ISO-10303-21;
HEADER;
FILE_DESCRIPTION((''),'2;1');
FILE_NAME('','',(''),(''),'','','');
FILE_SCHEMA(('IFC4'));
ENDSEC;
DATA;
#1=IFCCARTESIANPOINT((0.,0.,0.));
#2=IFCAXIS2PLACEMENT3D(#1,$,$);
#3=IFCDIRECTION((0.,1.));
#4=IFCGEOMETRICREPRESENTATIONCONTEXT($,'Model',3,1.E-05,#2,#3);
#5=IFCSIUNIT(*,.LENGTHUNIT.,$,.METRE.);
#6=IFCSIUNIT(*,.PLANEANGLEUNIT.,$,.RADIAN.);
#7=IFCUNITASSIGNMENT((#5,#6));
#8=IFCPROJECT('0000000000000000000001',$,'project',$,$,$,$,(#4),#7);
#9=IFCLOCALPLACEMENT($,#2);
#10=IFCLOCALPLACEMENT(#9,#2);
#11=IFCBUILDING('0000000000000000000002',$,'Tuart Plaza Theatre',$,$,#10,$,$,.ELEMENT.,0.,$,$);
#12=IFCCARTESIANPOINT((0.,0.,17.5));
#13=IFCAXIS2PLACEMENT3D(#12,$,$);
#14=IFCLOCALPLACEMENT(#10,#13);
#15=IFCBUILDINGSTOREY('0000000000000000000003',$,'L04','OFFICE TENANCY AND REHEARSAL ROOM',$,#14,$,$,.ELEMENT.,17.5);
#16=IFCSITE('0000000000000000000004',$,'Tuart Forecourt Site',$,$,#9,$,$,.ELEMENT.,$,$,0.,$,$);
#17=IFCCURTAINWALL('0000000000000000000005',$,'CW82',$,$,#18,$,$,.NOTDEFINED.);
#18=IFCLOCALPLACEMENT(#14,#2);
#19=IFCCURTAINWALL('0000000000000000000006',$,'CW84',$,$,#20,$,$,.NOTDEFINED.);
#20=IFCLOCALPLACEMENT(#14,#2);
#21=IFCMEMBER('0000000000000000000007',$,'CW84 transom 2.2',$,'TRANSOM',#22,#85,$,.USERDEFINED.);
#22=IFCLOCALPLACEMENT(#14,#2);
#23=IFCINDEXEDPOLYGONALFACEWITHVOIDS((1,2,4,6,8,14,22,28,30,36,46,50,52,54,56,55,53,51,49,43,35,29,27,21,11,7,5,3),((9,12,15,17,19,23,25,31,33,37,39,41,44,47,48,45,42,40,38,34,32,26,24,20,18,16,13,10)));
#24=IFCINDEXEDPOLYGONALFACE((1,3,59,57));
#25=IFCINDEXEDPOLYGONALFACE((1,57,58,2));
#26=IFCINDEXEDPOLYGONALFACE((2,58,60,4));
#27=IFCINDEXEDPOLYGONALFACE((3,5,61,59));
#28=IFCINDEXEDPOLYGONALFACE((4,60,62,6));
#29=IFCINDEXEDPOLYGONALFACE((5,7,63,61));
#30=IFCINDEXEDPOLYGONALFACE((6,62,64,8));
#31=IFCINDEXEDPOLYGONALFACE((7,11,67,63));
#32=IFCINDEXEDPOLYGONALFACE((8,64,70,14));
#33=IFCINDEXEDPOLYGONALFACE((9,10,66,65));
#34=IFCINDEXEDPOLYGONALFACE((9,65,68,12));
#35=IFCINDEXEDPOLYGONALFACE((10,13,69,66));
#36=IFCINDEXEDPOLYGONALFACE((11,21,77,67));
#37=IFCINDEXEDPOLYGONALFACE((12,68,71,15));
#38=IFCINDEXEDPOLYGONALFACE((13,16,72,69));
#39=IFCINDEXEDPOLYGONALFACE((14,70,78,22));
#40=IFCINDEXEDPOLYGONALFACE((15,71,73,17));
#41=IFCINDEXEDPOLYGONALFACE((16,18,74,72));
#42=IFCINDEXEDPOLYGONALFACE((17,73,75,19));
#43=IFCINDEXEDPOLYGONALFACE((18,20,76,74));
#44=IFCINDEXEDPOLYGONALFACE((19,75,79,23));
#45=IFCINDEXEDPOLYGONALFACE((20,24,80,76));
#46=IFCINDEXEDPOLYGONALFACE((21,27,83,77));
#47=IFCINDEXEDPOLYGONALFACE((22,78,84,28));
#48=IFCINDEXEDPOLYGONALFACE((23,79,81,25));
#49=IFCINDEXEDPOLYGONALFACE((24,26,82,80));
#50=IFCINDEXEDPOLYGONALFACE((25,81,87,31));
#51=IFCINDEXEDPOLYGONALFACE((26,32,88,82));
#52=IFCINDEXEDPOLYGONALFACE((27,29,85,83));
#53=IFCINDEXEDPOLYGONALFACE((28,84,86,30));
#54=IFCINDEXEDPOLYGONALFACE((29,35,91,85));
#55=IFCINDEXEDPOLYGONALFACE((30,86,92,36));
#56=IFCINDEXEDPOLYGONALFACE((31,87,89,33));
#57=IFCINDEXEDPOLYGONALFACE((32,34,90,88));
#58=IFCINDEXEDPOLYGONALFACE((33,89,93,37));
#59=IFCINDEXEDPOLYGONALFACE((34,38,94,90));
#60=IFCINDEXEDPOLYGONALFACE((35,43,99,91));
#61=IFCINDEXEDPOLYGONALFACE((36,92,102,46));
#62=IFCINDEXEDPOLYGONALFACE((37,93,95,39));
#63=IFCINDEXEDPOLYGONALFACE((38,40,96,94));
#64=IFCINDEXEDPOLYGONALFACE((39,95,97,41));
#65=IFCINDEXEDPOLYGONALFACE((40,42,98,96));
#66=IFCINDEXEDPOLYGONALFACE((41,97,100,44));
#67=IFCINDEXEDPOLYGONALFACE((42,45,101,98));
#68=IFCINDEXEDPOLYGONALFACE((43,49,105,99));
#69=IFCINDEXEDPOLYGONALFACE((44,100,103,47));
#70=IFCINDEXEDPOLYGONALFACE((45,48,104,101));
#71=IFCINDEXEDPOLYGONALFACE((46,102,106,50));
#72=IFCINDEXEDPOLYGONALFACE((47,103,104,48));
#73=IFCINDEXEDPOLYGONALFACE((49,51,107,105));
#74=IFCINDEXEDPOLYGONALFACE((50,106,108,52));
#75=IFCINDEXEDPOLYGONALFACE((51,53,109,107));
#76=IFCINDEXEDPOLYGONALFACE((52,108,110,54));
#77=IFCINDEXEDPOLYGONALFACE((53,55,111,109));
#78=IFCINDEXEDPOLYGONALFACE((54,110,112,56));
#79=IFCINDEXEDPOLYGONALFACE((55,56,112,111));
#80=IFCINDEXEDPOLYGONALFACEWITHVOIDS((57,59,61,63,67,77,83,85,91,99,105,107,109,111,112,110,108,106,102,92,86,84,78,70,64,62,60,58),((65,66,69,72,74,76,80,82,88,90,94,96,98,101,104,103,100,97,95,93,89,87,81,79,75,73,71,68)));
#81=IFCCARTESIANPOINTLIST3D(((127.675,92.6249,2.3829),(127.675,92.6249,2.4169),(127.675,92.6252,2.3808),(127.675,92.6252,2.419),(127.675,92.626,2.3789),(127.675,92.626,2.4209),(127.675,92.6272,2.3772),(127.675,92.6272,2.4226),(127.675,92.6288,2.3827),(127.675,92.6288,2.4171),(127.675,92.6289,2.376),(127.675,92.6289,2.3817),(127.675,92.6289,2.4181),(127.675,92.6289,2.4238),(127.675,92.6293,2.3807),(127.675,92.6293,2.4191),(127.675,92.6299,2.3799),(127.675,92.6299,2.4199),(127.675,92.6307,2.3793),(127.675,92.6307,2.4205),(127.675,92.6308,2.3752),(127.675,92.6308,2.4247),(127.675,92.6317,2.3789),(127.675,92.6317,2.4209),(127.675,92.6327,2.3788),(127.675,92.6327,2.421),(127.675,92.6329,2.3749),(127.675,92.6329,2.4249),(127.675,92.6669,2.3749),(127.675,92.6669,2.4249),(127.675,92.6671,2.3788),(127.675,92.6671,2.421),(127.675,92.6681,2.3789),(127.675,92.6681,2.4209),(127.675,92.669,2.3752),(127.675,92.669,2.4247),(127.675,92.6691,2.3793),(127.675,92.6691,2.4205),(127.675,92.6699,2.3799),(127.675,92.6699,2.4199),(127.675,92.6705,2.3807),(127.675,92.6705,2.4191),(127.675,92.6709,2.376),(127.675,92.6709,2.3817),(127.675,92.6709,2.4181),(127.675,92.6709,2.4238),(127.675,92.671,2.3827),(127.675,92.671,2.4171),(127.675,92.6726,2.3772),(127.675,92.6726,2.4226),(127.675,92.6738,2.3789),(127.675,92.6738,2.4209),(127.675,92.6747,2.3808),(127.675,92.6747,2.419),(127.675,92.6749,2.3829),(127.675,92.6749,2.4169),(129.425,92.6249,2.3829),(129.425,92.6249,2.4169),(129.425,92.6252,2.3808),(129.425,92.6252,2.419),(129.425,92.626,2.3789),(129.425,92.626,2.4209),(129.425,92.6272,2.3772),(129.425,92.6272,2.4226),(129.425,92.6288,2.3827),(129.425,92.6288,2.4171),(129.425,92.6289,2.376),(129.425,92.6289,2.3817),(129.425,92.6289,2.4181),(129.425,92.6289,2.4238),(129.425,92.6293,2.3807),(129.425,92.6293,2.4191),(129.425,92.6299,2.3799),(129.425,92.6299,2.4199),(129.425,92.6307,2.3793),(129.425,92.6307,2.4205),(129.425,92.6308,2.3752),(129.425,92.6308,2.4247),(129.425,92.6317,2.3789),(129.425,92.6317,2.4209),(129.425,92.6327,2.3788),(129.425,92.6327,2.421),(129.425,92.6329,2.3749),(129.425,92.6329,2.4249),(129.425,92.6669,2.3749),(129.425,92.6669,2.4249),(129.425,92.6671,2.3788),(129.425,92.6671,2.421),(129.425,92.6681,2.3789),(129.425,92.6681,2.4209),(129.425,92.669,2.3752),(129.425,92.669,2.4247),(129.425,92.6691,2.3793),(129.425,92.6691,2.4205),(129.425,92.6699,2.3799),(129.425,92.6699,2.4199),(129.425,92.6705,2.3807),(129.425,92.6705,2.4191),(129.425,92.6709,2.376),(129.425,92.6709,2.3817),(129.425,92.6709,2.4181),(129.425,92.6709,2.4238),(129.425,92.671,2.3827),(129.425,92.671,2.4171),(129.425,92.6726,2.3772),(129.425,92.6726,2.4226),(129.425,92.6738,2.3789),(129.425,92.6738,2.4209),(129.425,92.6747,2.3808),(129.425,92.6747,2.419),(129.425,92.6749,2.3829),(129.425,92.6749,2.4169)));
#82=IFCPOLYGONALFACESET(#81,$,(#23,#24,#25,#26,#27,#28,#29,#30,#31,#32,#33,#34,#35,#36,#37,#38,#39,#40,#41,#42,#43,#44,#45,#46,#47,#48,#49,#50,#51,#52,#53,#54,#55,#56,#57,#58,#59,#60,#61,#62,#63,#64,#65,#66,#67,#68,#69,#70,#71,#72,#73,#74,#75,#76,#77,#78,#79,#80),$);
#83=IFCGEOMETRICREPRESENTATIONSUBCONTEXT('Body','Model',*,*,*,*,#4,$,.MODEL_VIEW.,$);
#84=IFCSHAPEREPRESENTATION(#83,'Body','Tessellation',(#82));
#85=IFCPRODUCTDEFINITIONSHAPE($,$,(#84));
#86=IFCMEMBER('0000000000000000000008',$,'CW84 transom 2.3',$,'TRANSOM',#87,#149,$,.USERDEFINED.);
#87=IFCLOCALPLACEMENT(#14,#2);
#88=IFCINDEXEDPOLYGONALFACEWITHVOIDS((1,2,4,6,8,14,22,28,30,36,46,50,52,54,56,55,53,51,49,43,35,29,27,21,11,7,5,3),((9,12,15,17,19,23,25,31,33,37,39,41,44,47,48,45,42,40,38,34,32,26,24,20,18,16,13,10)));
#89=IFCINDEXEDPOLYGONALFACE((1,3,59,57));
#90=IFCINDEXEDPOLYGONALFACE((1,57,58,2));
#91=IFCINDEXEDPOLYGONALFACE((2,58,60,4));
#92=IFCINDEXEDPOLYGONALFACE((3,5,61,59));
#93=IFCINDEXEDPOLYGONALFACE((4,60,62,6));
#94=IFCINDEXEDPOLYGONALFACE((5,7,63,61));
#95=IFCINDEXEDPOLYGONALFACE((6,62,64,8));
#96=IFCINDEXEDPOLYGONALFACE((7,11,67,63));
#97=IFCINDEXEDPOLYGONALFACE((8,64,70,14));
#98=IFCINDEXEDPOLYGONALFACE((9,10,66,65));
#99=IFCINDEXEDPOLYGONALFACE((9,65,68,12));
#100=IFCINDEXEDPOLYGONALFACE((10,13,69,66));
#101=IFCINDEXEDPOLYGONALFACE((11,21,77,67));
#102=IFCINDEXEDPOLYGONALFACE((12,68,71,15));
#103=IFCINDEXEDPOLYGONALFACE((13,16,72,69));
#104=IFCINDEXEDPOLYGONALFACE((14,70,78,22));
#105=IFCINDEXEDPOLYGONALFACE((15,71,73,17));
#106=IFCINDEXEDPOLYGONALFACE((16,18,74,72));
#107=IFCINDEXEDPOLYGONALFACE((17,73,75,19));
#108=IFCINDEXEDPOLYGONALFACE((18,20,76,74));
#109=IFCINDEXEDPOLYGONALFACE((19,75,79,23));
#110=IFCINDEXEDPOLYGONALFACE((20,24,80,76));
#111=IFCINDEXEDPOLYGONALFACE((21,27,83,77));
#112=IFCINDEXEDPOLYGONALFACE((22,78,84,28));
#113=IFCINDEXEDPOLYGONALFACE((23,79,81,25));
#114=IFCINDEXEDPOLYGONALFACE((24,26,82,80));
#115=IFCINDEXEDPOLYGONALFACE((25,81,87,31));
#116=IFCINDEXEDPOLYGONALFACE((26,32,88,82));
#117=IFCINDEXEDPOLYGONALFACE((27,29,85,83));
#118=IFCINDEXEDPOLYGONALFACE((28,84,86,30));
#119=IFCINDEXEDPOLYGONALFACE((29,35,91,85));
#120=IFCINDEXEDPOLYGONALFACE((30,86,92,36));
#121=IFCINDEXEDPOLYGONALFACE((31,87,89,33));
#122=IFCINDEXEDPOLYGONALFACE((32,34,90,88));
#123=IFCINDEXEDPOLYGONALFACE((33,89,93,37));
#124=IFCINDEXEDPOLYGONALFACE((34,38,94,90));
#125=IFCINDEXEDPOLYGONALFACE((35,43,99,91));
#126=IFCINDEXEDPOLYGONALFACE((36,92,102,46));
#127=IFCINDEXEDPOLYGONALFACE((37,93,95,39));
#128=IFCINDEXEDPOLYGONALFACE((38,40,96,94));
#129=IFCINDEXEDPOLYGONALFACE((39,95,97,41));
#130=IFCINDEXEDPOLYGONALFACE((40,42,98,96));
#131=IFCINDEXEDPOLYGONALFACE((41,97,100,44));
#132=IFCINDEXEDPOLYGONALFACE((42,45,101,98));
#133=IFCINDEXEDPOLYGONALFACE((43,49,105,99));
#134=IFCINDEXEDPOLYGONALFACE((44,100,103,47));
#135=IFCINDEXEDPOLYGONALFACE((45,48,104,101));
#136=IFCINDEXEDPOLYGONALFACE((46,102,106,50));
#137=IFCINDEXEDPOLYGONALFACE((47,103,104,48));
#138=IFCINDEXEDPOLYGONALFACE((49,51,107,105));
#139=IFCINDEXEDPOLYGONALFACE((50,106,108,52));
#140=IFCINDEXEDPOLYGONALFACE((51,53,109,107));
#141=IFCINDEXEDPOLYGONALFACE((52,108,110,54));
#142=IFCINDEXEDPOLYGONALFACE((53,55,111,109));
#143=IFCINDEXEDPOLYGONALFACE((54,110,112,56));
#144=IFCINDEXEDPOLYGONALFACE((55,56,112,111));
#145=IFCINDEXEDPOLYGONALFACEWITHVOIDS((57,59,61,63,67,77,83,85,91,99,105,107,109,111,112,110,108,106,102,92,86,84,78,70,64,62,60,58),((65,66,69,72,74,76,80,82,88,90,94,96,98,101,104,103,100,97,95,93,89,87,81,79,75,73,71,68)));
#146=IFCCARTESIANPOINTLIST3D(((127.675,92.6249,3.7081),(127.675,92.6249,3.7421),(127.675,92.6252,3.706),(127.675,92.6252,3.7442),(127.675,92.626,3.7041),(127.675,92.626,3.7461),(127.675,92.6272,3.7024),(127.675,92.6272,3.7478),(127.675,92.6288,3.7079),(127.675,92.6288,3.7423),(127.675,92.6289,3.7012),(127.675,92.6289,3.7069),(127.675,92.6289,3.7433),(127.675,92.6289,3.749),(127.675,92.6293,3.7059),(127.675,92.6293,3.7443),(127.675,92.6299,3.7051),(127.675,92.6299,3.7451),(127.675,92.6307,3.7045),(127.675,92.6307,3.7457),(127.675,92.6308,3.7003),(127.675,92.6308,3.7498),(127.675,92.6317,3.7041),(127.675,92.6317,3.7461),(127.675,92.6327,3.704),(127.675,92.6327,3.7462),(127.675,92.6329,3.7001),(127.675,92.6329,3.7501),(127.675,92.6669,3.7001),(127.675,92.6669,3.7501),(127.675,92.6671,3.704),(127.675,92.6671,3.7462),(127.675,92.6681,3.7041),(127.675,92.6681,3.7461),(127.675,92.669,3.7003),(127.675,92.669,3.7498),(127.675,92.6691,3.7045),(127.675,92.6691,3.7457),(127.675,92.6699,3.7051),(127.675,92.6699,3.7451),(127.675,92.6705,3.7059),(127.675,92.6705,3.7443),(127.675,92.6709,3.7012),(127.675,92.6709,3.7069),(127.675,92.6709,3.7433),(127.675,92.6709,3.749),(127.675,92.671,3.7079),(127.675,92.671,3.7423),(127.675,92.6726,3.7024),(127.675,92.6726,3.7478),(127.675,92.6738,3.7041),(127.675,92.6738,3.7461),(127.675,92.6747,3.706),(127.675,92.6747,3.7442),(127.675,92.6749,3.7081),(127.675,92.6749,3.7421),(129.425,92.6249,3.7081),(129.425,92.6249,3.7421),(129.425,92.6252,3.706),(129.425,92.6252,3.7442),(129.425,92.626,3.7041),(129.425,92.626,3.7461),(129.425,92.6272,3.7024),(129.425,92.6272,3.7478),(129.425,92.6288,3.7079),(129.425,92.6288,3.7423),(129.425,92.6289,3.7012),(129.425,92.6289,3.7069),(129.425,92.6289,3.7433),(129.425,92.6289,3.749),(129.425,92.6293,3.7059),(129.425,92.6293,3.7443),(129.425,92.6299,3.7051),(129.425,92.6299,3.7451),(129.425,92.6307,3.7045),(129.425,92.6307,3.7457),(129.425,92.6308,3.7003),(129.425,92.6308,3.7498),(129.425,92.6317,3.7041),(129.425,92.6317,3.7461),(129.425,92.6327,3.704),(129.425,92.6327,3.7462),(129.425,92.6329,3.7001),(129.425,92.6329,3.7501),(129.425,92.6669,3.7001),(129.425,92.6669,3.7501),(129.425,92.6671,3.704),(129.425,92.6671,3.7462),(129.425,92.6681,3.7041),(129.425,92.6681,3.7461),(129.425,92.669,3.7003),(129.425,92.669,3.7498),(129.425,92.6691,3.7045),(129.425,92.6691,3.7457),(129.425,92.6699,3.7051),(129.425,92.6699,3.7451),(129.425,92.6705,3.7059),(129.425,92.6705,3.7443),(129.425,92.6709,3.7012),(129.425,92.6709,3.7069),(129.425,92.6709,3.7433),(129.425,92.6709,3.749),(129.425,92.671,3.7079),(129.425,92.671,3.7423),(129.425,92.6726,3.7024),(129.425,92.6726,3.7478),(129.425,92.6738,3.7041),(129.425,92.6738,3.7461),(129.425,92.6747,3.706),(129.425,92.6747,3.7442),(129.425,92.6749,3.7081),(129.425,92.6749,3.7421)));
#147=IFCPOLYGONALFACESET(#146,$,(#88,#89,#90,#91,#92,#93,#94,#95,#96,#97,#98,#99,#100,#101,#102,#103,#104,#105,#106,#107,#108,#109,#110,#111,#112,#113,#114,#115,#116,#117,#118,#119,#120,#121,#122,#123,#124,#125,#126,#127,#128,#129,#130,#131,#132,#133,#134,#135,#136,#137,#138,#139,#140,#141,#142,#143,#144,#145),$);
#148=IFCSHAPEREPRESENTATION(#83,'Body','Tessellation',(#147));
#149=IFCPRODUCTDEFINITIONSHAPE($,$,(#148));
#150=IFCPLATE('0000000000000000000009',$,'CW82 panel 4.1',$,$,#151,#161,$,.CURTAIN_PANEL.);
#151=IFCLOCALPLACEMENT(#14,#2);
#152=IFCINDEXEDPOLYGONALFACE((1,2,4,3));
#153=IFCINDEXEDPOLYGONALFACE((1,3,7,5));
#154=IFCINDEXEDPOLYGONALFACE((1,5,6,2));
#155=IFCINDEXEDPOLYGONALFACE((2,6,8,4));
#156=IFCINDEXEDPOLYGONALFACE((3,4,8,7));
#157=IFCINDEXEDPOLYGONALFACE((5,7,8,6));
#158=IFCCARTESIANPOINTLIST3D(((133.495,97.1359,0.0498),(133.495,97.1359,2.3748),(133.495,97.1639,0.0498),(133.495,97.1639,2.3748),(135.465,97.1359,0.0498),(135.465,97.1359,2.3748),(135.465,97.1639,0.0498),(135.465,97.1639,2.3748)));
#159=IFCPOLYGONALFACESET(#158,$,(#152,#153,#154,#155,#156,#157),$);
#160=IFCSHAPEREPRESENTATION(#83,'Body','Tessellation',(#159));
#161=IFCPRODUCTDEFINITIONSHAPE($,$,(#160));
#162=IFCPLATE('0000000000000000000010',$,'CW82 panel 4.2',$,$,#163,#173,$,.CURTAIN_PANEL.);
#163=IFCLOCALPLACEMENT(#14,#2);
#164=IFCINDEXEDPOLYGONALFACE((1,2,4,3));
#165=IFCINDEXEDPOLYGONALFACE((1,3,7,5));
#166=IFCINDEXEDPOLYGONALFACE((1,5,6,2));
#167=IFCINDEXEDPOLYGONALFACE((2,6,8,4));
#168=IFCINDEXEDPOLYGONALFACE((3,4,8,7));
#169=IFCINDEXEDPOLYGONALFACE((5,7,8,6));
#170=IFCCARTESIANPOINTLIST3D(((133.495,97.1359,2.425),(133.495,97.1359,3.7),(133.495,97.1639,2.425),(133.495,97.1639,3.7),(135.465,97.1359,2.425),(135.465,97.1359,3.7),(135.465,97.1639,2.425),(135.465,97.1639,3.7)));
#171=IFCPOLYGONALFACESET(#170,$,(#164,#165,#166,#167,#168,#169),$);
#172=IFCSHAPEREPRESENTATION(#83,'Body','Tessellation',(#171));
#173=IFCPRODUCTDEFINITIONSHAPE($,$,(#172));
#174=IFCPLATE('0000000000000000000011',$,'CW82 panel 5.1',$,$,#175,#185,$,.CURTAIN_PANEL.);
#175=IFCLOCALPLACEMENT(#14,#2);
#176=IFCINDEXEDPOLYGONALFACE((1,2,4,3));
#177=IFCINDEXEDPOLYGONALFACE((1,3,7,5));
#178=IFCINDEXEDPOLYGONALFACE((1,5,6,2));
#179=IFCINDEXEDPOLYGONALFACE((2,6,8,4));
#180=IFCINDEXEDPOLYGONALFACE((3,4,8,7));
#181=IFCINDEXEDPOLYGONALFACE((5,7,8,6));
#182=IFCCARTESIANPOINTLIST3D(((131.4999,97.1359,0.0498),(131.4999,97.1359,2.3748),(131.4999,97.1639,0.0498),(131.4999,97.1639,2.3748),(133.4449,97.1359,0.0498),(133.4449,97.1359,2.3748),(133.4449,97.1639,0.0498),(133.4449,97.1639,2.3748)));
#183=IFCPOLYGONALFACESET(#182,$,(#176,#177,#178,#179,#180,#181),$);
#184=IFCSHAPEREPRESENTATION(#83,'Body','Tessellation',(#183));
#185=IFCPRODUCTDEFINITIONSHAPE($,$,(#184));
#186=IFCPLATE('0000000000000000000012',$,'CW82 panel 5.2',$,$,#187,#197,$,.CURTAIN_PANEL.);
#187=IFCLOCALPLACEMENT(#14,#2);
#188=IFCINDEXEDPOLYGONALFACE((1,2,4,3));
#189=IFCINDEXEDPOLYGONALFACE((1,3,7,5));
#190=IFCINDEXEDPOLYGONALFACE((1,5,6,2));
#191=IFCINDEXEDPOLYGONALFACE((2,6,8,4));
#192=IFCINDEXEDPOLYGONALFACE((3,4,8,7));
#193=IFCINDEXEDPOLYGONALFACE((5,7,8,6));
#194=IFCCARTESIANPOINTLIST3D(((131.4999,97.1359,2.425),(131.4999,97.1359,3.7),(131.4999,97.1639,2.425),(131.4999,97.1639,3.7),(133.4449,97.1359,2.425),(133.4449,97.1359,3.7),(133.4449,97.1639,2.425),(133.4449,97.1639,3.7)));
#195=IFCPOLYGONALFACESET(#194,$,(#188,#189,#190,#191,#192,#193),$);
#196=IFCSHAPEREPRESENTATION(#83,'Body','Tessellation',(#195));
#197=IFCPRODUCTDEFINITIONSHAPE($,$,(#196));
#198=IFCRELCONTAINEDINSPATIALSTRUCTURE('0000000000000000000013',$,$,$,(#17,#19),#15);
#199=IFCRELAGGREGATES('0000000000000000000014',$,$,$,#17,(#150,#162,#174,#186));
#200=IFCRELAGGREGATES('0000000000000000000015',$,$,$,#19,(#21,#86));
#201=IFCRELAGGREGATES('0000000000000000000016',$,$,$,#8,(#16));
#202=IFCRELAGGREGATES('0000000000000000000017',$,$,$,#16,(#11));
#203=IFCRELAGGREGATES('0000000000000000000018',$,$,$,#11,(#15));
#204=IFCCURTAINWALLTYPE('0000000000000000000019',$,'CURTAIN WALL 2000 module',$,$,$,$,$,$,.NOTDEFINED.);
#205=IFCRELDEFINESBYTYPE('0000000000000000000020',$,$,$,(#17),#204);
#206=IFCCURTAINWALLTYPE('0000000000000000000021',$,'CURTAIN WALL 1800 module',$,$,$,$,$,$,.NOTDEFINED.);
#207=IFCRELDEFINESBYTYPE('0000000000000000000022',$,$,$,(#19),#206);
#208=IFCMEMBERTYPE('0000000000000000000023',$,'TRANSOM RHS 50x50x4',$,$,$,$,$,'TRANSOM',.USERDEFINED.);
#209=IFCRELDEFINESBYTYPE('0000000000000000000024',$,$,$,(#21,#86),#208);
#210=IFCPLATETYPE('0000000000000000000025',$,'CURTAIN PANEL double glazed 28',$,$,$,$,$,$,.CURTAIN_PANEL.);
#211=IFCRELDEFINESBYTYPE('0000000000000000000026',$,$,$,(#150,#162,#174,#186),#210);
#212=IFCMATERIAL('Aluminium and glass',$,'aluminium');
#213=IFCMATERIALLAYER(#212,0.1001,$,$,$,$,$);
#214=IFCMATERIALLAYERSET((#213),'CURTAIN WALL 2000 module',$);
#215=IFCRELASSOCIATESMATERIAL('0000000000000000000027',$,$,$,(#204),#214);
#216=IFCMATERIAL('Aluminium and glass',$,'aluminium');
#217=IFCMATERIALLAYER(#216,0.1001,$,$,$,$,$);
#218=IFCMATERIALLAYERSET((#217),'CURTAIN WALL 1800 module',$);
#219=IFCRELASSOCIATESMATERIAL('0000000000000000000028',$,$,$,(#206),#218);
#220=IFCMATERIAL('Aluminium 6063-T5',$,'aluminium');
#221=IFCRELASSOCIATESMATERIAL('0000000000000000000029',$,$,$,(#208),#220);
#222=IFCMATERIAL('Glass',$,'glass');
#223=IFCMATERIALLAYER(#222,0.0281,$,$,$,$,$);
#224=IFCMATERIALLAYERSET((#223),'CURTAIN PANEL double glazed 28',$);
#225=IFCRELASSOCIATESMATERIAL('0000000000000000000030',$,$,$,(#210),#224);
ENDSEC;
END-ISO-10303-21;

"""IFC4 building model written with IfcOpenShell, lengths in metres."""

from ifc_helpers import new_model, si_unit, direction, frame, origin, origin_2d, place, context, subcontext, project, spatial, rectangle, hollow_rectangle, extrude, material, layer, layer_set, material_profile, profile_set, type_object, element, aggregate, save


model = new_model("IFC4")

# Units and contexts
model_context = context("Model", 3, precision=1e-05, world=origin(), true_north=direction((0.0, 1.0)))
body_context = subcontext(model_context, "Body", "Model", "MODEL_VIEW")
ifc_project = project(units=[si_unit("LENGTHUNIT", "METRE"), si_unit("PLANEANGLEUNIT", "RADIAN")], contexts=[model_context])

# Site, building, storey
site_placement = place(None, origin())
site = spatial("IfcSite", under=ifc_project, at=site_placement, Name="Tuart Forecourt Site", CompositionType="ELEMENT", RefElevation=0.0)
building_placement = place(site_placement, origin())
building = spatial("IfcBuilding", under=site, at=building_placement, Name="Tuart Plaza Theatre", CompositionType="ELEMENT", ElevationOfRefHeight=0.0)
storey_placement = place(building_placement, frame((0.0, 0.0, 17.5)))
storey = spatial("IfcBuildingStorey", under=building, at=storey_placement, Name="L04", Description="OFFICE TENANCY AND REHEARSAL ROOM", CompositionType="ELEMENT", Elevation=17.5)

# Curtain walls
ifc_material_1 = material(Name="Aluminium and glass", Category="aluminium")
ifc_layer_1 = layer(ifc_material_1, 0.1001)
ifc_layer_set_1 = layer_set([ifc_layer_1], Name="CURTAIN WALL 2000 module")
curtain_wall_type_1 = type_object("IfcCurtainWallType", Name="CURTAIN WALL 2000 module", PredefinedType="NOTDEFINED", material=ifc_layer_set_1)
curtain_wall_1_placement = place(storey_placement, origin())
curtain_wall_1 = element("IfcCurtainWall", 1, at=curtain_wall_1_placement, inside=storey, type_object=curtain_wall_type_1, Name="CW82", PredefinedType="NOTDEFINED")
ifc_material_2 = material(Name="Aluminium and glass", Category="aluminium")
ifc_layer_2 = layer(ifc_material_2, 0.1001)
ifc_layer_set_2 = layer_set([ifc_layer_2], Name="CURTAIN WALL 1800 module")
curtain_wall_type_2 = type_object("IfcCurtainWallType", Name="CURTAIN WALL 1800 module", PredefinedType="NOTDEFINED", material=ifc_layer_set_2)
curtain_wall_2_placement = place(storey_placement, origin())
curtain_wall_2 = element("IfcCurtainWall", 2, at=curtain_wall_2_placement, inside=storey, type_object=curtain_wall_type_2, Name="CW84", PredefinedType="NOTDEFINED")

# Members
ifc_material_3 = material(Name="Aluminium 6063-T5", Category="aluminium")
ifc_material_profile_1 = material_profile(ifc_material_3, hollow_rectangle(XDim=0.05, YDim=0.05, WallThickness=0.0039, InnerFilletRadius=0.0039, OuterFilletRadius=0.0081, at=origin_2d()), Name="RHS 50x50x4")
ifc_profile_set_1 = profile_set([ifc_material_profile_1], Name="Aluminium 6063-T5")
member_type_1 = type_object("IfcMemberType", Name="TRANSOM RHS 50x50x4", ElementType="TRANSOM", PredefinedType="USERDEFINED", material=ifc_profile_set_1)
member_1_placement = place(storey_placement, frame((129.425, 92.6499, 2.3999), z_axis=(-1.0, 0.0, 0.0), x_axis=(0.0, -1.0, 0.0)))
member_1 = element("IfcMember", 3, at=member_1_placement, type_object=member_type_1, Name="CW84 transom 2.2", ObjectType="TRANSOM", PredefinedType="USERDEFINED", context=body_context, shape_type="SweptSolid", body=[
    extrude(hollow_rectangle(XDim=0.05, YDim=0.05, WallThickness=0.0039, InnerFilletRadius=0.0039, OuterFilletRadius=0.0081, at=origin_2d()), origin(), (0.0, 0.0, 1.0), 1.75),
])
member_2_placement = place(storey_placement, frame((129.425, 92.6499, 3.7251), z_axis=(-1.0, 0.0, 0.0), x_axis=(0.0, -1.0, 0.0)))
member_2 = element("IfcMember", 4, at=member_2_placement, type_object=member_type_1, Name="CW84 transom 2.3", ObjectType="TRANSOM", PredefinedType="USERDEFINED", context=body_context, shape_type="SweptSolid", body=[
    extrude(hollow_rectangle(XDim=0.05, YDim=0.05, WallThickness=0.0039, InnerFilletRadius=0.0039, OuterFilletRadius=0.0081, at=origin_2d()), origin(), (0.0, 0.0, 1.0), 1.75),
])

# Plates
ifc_material_4 = material(Name="Glass", Category="glass")
ifc_layer_3 = layer(ifc_material_4, 0.0281)
ifc_layer_set_3 = layer_set([ifc_layer_3], Name="CURTAIN PANEL double glazed 28")
plate_type = type_object("IfcPlateType", Name="CURTAIN PANEL double glazed 28", PredefinedType="CURTAIN_PANEL", material=ifc_layer_set_3)
plate_1_placement = place(storey_placement, frame((134.48, 97.1499, 0.0498), z_axis=(0.0, 0.0, 1.0), x_axis=(-1.0, 0.0, 0.0)))
plate_1 = element("IfcPlate", 5, at=plate_1_placement, type_object=plate_type, Name="CW82 panel 4.1", PredefinedType="CURTAIN_PANEL", context=body_context, shape_type="SweptSolid", body=[
    extrude(rectangle(XDim=1.97, YDim=0.0281, at=origin_2d()), origin(), (0.0, 0.0, 1.0), 2.325),
])
plate_2_placement = place(storey_placement, frame((134.48, 97.1499, 2.425), z_axis=(0.0, 0.0, 1.0), x_axis=(-1.0, 0.0, 0.0)))
plate_2 = element("IfcPlate", 6, at=plate_2_placement, type_object=plate_type, Name="CW82 panel 4.2", PredefinedType="CURTAIN_PANEL", context=body_context, shape_type="SweptSolid", body=[
    extrude(rectangle(XDim=1.97, YDim=0.0281, at=origin_2d()), origin(), (0.0, 0.0, 1.0), 1.2749),
])
plate_3_placement = place(storey_placement, frame((132.4724, 97.1499, 0.0498), z_axis=(0.0, 0.0, 1.0), x_axis=(-1.0, 0.0, 0.0)))
plate_3 = element("IfcPlate", 7, at=plate_3_placement, type_object=plate_type, Name="CW82 panel 5.1", PredefinedType="CURTAIN_PANEL", context=body_context, shape_type="SweptSolid", body=[
    extrude(rectangle(XDim=1.9451, YDim=0.0281, at=origin_2d()), origin(), (0.0, 0.0, 1.0), 2.325),
])
plate_4_placement = place(storey_placement, frame((132.4724, 97.1499, 2.425), z_axis=(0.0, 0.0, 1.0), x_axis=(-1.0, 0.0, 0.0)))
plate_4 = element("IfcPlate", 8, at=plate_4_placement, type_object=plate_type, Name="CW82 panel 5.2", PredefinedType="CURTAIN_PANEL", context=body_context, shape_type="SweptSolid", body=[
    extrude(rectangle(XDim=1.9451, YDim=0.0281, at=origin_2d()), origin(), (0.0, 0.0, 1.0), 1.2749),
])
aggregate(curtain_wall_1, [plate_1, plate_2, plate_3, plate_4])
aggregate(curtain_wall_2, [member_1, member_2])

save(model, "model.ifc")
